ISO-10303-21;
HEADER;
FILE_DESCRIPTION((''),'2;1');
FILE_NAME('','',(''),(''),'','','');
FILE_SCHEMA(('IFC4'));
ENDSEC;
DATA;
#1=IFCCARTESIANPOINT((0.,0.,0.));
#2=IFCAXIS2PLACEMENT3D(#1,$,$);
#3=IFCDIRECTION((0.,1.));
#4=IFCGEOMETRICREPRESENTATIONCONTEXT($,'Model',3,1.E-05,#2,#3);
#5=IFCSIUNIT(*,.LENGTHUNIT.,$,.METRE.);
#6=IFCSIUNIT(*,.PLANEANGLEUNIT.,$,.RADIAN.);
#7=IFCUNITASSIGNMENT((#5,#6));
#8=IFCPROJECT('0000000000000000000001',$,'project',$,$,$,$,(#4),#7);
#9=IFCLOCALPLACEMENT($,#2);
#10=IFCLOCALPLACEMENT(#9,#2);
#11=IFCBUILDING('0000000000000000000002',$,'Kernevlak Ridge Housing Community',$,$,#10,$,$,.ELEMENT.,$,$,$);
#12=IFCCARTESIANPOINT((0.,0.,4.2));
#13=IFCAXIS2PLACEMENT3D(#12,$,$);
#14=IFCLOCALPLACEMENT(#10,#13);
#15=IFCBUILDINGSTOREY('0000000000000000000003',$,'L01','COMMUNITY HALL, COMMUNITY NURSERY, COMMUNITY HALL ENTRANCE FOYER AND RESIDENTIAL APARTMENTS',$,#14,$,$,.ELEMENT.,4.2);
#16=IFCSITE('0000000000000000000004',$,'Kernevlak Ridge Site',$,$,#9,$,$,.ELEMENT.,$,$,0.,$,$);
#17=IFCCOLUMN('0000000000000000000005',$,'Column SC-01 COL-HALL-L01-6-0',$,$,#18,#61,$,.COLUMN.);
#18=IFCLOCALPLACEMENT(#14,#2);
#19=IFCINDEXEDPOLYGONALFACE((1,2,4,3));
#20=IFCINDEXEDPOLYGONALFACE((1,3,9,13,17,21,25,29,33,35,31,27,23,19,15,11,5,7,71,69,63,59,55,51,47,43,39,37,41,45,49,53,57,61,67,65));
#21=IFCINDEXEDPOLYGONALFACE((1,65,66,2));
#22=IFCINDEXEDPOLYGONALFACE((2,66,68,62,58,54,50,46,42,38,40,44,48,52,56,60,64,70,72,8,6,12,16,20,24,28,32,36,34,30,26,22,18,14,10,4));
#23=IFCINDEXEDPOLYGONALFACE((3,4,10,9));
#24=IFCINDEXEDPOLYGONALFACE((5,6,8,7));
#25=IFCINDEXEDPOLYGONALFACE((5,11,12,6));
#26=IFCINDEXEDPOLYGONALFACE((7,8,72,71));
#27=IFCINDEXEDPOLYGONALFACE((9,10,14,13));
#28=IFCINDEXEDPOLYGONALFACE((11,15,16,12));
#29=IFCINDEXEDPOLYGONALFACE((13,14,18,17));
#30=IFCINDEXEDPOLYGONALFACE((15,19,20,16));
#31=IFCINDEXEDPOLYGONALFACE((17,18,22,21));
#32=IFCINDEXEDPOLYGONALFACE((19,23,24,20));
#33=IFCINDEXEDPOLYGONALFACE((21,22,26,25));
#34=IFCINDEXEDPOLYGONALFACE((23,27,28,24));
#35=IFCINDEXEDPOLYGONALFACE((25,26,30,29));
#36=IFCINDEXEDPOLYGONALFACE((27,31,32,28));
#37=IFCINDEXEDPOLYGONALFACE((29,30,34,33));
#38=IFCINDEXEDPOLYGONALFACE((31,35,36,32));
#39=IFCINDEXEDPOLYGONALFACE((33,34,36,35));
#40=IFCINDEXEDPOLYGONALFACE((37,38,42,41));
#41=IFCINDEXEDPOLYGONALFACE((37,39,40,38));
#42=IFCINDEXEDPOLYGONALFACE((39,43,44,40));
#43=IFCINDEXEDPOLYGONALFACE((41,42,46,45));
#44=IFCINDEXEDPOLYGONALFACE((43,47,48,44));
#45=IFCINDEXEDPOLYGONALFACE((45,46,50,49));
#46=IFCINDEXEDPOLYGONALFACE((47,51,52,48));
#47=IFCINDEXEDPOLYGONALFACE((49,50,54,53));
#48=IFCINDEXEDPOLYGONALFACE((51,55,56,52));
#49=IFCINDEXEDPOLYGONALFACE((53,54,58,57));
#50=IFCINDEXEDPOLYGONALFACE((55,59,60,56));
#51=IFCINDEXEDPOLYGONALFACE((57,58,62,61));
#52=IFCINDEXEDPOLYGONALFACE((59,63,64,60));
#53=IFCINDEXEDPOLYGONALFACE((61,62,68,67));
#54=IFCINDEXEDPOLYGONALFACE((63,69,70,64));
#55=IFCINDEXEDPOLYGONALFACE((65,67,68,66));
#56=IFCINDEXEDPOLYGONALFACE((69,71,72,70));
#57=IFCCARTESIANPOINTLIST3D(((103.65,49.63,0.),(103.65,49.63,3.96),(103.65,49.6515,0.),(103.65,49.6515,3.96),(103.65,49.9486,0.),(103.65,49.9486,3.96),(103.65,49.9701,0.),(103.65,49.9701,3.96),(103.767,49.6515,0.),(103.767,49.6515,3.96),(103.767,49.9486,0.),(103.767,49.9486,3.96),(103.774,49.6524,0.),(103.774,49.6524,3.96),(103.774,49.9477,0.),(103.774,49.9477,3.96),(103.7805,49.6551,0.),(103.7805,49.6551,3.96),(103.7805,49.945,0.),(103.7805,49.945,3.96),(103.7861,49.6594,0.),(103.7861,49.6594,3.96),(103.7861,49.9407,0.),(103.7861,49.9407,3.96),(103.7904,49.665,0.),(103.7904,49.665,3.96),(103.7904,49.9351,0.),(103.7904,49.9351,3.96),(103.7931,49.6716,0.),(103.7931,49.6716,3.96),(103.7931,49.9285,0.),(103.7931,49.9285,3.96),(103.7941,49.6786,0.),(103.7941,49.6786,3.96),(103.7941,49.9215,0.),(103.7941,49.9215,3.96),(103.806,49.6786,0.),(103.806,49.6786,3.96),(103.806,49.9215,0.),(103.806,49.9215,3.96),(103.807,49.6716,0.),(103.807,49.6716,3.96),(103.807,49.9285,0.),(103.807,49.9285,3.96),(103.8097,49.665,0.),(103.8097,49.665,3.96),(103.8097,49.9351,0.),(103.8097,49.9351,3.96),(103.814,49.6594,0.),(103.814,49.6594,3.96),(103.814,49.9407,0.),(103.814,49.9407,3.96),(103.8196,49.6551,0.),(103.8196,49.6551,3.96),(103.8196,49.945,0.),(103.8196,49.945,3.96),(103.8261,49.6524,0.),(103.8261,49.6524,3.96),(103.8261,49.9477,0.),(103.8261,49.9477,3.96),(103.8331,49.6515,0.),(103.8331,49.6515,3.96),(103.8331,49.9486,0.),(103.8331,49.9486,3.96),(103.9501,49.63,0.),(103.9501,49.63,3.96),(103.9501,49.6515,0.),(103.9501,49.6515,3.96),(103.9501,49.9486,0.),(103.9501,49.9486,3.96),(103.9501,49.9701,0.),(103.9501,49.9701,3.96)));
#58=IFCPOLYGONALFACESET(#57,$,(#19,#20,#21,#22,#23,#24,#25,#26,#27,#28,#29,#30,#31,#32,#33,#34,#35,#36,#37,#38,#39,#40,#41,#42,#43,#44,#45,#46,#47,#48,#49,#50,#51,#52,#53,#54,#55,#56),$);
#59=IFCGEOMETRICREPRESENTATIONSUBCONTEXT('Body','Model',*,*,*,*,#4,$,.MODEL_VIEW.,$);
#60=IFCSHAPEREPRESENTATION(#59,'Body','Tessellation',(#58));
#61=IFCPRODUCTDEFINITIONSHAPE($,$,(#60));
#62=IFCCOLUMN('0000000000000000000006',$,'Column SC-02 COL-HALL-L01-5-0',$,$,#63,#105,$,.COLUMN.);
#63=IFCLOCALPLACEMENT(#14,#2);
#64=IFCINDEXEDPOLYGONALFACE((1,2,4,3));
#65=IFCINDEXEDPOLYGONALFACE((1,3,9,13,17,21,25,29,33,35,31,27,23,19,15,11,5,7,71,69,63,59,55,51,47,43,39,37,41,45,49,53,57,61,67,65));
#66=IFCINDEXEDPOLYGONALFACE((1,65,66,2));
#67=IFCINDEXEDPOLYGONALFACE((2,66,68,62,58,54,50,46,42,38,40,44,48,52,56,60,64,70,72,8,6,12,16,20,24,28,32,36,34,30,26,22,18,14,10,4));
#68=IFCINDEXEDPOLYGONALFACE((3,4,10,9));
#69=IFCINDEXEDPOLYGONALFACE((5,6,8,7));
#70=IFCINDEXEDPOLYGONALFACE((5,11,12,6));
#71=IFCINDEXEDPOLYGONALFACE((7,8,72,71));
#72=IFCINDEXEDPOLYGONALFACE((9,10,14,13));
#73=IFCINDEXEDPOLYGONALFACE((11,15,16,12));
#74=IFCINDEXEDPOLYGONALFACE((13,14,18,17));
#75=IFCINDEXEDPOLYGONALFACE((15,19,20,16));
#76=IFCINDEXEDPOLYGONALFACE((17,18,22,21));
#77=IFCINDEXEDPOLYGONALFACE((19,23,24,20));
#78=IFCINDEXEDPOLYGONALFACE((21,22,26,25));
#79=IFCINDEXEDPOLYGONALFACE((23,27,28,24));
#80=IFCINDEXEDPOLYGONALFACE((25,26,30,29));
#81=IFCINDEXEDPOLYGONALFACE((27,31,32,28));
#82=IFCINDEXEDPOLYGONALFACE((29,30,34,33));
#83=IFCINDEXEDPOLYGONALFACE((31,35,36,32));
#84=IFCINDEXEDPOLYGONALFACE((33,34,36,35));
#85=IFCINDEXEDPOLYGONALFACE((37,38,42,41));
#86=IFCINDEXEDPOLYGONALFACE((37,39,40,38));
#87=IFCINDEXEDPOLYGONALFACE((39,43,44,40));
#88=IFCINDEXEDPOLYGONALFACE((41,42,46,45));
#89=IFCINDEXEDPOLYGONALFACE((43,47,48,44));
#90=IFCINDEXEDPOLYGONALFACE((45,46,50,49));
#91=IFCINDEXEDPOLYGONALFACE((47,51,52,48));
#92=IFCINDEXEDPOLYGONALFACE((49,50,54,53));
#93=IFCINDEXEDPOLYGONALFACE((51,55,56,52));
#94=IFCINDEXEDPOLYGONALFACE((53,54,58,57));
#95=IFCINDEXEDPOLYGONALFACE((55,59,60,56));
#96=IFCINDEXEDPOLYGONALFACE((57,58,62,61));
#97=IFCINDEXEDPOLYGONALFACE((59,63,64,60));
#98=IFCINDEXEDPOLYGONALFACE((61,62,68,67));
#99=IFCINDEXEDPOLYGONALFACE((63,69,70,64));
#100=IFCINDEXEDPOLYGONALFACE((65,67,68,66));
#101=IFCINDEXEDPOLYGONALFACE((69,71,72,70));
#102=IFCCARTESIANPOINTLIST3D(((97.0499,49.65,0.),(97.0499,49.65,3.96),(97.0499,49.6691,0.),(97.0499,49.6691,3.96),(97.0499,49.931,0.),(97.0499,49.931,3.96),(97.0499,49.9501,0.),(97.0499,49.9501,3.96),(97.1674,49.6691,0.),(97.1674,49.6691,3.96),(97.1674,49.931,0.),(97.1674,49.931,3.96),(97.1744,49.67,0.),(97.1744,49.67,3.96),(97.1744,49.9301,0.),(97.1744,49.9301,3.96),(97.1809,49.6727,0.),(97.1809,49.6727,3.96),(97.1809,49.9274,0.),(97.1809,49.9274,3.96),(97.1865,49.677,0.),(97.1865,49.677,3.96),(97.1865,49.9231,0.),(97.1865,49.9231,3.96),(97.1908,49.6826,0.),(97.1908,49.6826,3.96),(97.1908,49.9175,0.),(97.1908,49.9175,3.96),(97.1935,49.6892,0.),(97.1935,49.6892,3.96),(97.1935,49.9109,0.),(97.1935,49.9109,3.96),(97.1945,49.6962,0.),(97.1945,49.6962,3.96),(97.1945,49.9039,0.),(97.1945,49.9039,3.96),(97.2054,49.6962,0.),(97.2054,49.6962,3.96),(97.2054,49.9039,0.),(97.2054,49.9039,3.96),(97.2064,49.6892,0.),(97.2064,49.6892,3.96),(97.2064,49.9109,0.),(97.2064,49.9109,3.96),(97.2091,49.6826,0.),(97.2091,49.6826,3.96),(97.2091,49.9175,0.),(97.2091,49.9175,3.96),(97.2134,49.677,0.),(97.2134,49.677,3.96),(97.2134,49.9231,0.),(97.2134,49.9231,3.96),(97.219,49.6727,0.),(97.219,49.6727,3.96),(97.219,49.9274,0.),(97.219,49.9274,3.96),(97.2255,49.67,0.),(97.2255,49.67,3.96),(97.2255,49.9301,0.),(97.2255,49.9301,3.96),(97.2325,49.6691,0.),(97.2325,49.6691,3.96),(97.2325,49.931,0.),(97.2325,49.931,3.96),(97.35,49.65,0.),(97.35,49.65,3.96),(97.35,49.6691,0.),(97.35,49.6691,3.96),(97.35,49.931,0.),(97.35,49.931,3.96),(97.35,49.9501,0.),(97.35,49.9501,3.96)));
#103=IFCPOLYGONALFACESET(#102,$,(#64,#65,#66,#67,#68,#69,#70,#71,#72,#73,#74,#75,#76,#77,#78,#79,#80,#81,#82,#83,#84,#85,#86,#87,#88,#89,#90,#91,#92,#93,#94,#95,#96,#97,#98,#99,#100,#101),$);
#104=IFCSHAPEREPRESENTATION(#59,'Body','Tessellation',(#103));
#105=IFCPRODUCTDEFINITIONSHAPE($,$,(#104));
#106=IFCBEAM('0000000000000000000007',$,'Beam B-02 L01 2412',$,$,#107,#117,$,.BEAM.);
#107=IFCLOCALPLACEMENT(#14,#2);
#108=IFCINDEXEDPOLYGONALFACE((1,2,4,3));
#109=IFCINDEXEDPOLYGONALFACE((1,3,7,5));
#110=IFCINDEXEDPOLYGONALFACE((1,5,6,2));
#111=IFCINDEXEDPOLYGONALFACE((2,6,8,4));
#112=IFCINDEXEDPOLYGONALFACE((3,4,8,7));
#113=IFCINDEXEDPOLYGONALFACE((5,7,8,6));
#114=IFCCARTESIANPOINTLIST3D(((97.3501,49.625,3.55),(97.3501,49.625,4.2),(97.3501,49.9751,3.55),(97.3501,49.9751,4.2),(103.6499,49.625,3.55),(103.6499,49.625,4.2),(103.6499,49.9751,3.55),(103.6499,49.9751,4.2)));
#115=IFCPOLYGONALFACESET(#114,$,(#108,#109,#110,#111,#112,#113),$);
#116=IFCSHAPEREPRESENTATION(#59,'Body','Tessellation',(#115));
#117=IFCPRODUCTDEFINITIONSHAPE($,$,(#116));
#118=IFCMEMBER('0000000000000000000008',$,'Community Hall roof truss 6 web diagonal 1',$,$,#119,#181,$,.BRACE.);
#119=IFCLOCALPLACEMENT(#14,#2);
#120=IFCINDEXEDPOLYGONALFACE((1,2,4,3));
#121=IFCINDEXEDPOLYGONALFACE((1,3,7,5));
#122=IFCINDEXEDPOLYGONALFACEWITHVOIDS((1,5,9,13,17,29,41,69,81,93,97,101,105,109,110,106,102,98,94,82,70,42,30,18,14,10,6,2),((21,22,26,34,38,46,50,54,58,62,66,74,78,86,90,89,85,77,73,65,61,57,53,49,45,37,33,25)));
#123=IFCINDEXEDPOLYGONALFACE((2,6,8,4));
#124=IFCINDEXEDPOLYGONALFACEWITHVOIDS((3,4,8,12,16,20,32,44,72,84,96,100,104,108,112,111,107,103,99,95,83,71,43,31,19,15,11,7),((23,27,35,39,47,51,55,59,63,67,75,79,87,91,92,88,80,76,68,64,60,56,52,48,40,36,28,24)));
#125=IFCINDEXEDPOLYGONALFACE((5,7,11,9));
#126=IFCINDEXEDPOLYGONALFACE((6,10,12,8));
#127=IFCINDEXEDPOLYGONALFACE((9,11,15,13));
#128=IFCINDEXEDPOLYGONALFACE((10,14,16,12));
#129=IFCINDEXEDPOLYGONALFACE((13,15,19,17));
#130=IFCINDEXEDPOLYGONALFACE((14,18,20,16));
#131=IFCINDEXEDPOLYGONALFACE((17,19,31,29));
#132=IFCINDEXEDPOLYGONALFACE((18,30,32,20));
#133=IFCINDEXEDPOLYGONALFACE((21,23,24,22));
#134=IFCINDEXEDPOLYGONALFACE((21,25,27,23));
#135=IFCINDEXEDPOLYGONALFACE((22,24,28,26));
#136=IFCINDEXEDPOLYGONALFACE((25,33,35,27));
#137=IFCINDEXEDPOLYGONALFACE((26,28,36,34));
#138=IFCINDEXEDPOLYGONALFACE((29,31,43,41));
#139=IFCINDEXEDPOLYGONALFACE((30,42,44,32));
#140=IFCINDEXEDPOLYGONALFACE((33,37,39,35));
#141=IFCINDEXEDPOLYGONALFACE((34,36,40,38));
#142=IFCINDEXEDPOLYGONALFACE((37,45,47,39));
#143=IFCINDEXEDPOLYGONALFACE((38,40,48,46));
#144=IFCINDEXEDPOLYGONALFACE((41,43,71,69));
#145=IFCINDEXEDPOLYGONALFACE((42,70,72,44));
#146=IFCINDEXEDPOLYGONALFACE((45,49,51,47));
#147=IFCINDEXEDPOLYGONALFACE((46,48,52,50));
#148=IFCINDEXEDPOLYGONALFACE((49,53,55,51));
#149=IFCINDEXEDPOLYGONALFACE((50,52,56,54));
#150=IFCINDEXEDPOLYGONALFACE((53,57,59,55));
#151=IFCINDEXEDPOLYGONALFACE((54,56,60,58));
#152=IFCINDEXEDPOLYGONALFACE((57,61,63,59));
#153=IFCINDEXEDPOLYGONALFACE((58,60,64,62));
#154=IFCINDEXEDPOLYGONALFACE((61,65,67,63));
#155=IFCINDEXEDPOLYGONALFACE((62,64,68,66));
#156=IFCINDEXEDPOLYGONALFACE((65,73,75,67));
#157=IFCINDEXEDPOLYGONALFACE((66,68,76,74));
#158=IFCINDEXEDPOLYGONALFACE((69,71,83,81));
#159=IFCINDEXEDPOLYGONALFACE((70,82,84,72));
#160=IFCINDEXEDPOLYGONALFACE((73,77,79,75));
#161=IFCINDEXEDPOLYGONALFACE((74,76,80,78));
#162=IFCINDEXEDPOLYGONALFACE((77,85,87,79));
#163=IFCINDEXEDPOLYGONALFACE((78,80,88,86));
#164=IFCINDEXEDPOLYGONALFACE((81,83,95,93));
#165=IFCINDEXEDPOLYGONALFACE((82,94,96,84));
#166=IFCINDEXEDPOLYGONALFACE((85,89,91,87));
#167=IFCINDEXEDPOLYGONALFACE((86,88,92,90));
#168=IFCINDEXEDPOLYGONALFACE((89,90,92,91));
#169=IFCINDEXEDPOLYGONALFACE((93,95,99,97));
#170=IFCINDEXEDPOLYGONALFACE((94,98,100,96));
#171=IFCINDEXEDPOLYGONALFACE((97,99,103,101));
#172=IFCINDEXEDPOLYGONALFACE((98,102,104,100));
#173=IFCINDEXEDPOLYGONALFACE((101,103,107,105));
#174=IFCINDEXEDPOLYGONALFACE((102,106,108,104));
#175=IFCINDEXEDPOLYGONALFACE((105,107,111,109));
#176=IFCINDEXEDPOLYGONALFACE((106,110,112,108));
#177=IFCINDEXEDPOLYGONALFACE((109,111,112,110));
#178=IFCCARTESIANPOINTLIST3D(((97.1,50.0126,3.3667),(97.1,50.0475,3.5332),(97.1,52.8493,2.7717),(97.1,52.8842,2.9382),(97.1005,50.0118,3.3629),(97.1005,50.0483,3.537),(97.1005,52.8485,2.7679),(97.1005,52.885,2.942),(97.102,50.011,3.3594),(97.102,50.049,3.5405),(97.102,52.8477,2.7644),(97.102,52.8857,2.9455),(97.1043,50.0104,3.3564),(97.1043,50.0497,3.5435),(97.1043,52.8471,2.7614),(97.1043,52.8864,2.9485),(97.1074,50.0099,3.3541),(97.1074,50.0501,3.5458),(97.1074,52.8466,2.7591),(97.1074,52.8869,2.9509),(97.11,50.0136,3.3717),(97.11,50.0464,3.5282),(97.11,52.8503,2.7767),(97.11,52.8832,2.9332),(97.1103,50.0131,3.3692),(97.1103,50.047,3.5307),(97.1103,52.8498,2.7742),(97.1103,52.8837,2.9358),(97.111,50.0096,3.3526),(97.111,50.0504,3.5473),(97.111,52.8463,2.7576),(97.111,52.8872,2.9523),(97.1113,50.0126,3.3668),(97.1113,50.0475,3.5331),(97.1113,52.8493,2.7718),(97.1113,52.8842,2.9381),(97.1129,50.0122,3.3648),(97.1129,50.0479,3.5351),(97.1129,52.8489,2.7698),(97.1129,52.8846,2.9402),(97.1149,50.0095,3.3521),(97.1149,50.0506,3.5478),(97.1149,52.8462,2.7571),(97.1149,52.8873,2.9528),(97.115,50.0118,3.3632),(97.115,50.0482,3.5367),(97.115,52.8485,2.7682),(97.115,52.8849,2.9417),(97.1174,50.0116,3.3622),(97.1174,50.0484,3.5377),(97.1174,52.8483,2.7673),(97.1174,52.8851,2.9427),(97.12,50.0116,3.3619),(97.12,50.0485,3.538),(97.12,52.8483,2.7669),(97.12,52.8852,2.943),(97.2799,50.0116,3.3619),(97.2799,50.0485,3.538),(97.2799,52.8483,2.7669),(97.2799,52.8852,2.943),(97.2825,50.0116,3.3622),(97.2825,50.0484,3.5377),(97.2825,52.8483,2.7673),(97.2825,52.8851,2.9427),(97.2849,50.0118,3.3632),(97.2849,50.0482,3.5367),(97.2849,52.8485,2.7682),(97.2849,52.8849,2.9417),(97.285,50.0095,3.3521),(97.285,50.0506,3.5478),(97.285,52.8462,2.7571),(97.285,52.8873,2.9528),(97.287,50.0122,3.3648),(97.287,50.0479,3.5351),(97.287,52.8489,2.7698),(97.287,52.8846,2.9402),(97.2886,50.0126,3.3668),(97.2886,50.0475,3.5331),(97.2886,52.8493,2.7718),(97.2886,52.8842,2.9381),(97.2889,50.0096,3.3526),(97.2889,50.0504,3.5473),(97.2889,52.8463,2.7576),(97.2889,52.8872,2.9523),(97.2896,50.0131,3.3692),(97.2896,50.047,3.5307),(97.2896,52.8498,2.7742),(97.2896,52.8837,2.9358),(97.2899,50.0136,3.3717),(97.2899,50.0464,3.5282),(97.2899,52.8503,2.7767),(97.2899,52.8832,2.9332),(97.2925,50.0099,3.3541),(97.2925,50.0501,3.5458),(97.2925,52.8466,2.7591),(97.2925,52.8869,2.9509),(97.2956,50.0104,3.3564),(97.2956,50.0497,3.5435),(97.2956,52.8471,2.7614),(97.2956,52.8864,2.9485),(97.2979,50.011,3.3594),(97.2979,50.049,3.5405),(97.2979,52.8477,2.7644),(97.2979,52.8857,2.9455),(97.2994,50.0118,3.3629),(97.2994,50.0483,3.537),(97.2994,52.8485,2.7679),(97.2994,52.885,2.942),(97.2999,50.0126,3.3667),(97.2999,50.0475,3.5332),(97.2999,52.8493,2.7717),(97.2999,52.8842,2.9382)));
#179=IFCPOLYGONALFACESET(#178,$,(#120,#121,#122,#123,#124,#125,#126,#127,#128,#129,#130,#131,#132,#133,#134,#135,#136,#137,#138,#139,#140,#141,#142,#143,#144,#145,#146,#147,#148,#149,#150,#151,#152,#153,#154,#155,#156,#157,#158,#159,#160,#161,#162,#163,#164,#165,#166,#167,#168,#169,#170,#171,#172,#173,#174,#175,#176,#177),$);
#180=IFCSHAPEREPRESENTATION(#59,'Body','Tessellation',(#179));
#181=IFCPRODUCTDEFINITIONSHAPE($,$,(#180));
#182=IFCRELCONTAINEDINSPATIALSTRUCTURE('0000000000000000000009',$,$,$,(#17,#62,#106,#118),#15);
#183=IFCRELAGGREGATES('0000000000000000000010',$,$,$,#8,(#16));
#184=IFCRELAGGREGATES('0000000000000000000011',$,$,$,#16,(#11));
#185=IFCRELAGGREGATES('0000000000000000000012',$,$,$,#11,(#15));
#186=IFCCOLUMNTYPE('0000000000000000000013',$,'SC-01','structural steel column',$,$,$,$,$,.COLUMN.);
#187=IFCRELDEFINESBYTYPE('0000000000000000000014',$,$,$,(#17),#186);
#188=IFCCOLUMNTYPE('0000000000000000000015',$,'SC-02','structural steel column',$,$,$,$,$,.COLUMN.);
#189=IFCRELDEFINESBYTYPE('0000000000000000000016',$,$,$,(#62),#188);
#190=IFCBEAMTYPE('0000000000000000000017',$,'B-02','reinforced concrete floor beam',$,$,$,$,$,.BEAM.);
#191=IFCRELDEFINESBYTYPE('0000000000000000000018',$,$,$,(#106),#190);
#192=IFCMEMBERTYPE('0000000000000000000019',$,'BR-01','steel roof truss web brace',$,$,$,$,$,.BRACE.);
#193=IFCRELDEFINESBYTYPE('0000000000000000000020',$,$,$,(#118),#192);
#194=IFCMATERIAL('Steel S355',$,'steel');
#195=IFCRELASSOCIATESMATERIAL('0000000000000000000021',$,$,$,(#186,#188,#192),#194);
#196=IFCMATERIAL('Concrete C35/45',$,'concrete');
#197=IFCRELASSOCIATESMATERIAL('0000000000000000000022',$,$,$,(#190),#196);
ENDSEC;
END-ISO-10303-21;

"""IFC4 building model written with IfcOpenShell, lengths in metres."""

from ifc_helpers import new_model, si_unit, direction, frame, origin, origin_2d, place, context, subcontext, project, spatial, rectangle, hollow_rectangle, i_section, extrude, material, material_profile, profile_set, type_object, element, save


model = new_model("IFC4")

# Units and contexts
model_context = context("Model", 3, precision=1e-05, world=origin(), true_north=direction((0.0, 1.0)))
body_context = subcontext(model_context, "Body", "Model", "MODEL_VIEW")
ifc_project = project(units=[si_unit("LENGTHUNIT", "METRE"), si_unit("PLANEANGLEUNIT", "RADIAN")], contexts=[model_context])

# Site, building, storey
site_placement = place(None, origin())
site = spatial("IfcSite", under=ifc_project, at=site_placement, Name="Kernevlak Ridge Site", CompositionType="ELEMENT", RefElevation=0.0)
building_placement = place(site_placement, origin())
building = spatial("IfcBuilding", under=site, at=building_placement, Name="Kernevlak Ridge Housing Community", CompositionType="ELEMENT")
storey_placement = place(building_placement, frame((0.0, 0.0, 4.2)))
storey = spatial("IfcBuildingStorey", under=building, at=storey_placement, Name="L01", Description="COMMUNITY HALL, COMMUNITY NURSERY, COMMUNITY HALL ENTRANCE FOYER AND RESIDENTIAL APARTMENTS", CompositionType="ELEMENT", Elevation=4.2)

# Columns
ifc_material_1 = material(Name="Steel S355", Category="steel")
ifc_material_profile_1 = material_profile(ifc_material_1, i_section(OverallWidth=0.3, OverallDepth=0.3401, WebThickness=0.012, FlangeThickness=0.0215, FilletRadius=0.0271, at=origin_2d()), Name="HEB 340")
ifc_profile_set_1 = profile_set([ifc_material_profile_1], Name="Steel S355")
column_type_1 = type_object("IfcColumnType", Name="SC-01", Description="structural steel column", PredefinedType="COLUMN", material=ifc_profile_set_1)
column_1_placement = place(storey_placement, frame((103.8, 49.8, 0.0), z_axis=(0.0, 0.0, 1.0), x_axis=(1.0, 0.0, 0.0)))
element("IfcColumn", 1, at=column_1_placement, inside=storey, type_object=column_type_1, Name="Column SC-01 COL-HALL-L01-6-0", PredefinedType="COLUMN", context=body_context, shape_type="SweptSolid", body=[
    extrude(i_section(OverallWidth=0.3, OverallDepth=0.3401, WebThickness=0.012, FlangeThickness=0.0215, FilletRadius=0.0271, at=origin_2d()), origin(), (0.0, 0.0, 1.0), 3.96),
])
ifc_material_profile_2 = material_profile(ifc_material_1, i_section(OverallWidth=0.3, OverallDepth=0.3, WebThickness=0.011, FlangeThickness=0.019, FilletRadius=0.0271, at=origin_2d()), Name="HEB 300")
ifc_profile_set_2 = profile_set([ifc_material_profile_2], Name="Steel S355")
column_type_2 = type_object("IfcColumnType", Name="SC-02", Description="structural steel column", PredefinedType="COLUMN", material=ifc_profile_set_2)
column_2_placement = place(storey_placement, frame((97.2, 49.8, 0.0), z_axis=(0.0, 0.0, 1.0), x_axis=(1.0, 0.0, 0.0)))
element("IfcColumn", 2, at=column_2_placement, inside=storey, type_object=column_type_2, Name="Column SC-02 COL-HALL-L01-5-0", PredefinedType="COLUMN", context=body_context, shape_type="SweptSolid", body=[
    extrude(i_section(OverallWidth=0.3, OverallDepth=0.3, WebThickness=0.011, FlangeThickness=0.019, FilletRadius=0.0271, at=origin_2d()), origin(), (0.0, 0.0, 1.0), 3.96),
])

# Beam
ifc_material_2 = material(Name="Concrete C35/45", Category="concrete")
ifc_material_profile_3 = material_profile(ifc_material_2, rectangle(XDim=0.3501, YDim=0.6499, at=origin_2d()), Name="RC 350x650")
ifc_profile_set_3 = profile_set([ifc_material_profile_3], Name="Concrete C35/45")
beam_type_1 = type_object("IfcBeamType", Name="B-02", Description="reinforced concrete floor beam", PredefinedType="BEAM", material=ifc_profile_set_3)
beam_1_placement = place(storey_placement, frame((97.3501, 49.8, 3.875), z_axis=(1.0, 0.0, 0.0), x_axis=(0.0, 1.0, 0.0)))
element("IfcBeam", 3, at=beam_1_placement, inside=storey, type_object=beam_type_1, Name="Beam B-02 L01 2412", PredefinedType="BEAM", context=body_context, shape_type="SweptSolid", body=[
    extrude(rectangle(XDim=0.3501, YDim=0.6499, at=origin_2d()), origin(), (0.0, 0.0, 1.0), 6.2998),
])

# Member
ifc_material_profile_4 = material_profile(ifc_material_1, hollow_rectangle(XDim=0.2, YDim=0.2, WallThickness=0.01, InnerFilletRadius=0.01, OuterFilletRadius=0.0149, at=origin_2d()), Name="SHS 200x200x10")
ifc_profile_set_4 = profile_set([ifc_material_profile_4], Name="Steel S355")
member_type_1 = type_object("IfcMemberType", Name="BR-01", Description="steel roof truss web brace", PredefinedType="BRACE", material=ifc_profile_set_4)
member_1_placement = place(storey_placement, frame((97.2, 50.03, 3.45), z_axis=(0.0, 0.978704, -0.205276), x_axis=(-1.0, 0.0, 0.0)))
element("IfcMember", 4, at=member_1_placement, inside=storey, type_object=member_type_1, Name="Community Hall roof truss 6 web diagonal 1", PredefinedType="BRACE", context=body_context, shape_type="SweptSolid", body=[
    extrude(hollow_rectangle(XDim=0.2, YDim=0.2, WallThickness=0.01, InnerFilletRadius=0.01, OuterFilletRadius=0.0149, at=origin_2d()), origin(), (0.0, 0.0, 1.0), 2.8984),
])

save(model, "model.ifc")
